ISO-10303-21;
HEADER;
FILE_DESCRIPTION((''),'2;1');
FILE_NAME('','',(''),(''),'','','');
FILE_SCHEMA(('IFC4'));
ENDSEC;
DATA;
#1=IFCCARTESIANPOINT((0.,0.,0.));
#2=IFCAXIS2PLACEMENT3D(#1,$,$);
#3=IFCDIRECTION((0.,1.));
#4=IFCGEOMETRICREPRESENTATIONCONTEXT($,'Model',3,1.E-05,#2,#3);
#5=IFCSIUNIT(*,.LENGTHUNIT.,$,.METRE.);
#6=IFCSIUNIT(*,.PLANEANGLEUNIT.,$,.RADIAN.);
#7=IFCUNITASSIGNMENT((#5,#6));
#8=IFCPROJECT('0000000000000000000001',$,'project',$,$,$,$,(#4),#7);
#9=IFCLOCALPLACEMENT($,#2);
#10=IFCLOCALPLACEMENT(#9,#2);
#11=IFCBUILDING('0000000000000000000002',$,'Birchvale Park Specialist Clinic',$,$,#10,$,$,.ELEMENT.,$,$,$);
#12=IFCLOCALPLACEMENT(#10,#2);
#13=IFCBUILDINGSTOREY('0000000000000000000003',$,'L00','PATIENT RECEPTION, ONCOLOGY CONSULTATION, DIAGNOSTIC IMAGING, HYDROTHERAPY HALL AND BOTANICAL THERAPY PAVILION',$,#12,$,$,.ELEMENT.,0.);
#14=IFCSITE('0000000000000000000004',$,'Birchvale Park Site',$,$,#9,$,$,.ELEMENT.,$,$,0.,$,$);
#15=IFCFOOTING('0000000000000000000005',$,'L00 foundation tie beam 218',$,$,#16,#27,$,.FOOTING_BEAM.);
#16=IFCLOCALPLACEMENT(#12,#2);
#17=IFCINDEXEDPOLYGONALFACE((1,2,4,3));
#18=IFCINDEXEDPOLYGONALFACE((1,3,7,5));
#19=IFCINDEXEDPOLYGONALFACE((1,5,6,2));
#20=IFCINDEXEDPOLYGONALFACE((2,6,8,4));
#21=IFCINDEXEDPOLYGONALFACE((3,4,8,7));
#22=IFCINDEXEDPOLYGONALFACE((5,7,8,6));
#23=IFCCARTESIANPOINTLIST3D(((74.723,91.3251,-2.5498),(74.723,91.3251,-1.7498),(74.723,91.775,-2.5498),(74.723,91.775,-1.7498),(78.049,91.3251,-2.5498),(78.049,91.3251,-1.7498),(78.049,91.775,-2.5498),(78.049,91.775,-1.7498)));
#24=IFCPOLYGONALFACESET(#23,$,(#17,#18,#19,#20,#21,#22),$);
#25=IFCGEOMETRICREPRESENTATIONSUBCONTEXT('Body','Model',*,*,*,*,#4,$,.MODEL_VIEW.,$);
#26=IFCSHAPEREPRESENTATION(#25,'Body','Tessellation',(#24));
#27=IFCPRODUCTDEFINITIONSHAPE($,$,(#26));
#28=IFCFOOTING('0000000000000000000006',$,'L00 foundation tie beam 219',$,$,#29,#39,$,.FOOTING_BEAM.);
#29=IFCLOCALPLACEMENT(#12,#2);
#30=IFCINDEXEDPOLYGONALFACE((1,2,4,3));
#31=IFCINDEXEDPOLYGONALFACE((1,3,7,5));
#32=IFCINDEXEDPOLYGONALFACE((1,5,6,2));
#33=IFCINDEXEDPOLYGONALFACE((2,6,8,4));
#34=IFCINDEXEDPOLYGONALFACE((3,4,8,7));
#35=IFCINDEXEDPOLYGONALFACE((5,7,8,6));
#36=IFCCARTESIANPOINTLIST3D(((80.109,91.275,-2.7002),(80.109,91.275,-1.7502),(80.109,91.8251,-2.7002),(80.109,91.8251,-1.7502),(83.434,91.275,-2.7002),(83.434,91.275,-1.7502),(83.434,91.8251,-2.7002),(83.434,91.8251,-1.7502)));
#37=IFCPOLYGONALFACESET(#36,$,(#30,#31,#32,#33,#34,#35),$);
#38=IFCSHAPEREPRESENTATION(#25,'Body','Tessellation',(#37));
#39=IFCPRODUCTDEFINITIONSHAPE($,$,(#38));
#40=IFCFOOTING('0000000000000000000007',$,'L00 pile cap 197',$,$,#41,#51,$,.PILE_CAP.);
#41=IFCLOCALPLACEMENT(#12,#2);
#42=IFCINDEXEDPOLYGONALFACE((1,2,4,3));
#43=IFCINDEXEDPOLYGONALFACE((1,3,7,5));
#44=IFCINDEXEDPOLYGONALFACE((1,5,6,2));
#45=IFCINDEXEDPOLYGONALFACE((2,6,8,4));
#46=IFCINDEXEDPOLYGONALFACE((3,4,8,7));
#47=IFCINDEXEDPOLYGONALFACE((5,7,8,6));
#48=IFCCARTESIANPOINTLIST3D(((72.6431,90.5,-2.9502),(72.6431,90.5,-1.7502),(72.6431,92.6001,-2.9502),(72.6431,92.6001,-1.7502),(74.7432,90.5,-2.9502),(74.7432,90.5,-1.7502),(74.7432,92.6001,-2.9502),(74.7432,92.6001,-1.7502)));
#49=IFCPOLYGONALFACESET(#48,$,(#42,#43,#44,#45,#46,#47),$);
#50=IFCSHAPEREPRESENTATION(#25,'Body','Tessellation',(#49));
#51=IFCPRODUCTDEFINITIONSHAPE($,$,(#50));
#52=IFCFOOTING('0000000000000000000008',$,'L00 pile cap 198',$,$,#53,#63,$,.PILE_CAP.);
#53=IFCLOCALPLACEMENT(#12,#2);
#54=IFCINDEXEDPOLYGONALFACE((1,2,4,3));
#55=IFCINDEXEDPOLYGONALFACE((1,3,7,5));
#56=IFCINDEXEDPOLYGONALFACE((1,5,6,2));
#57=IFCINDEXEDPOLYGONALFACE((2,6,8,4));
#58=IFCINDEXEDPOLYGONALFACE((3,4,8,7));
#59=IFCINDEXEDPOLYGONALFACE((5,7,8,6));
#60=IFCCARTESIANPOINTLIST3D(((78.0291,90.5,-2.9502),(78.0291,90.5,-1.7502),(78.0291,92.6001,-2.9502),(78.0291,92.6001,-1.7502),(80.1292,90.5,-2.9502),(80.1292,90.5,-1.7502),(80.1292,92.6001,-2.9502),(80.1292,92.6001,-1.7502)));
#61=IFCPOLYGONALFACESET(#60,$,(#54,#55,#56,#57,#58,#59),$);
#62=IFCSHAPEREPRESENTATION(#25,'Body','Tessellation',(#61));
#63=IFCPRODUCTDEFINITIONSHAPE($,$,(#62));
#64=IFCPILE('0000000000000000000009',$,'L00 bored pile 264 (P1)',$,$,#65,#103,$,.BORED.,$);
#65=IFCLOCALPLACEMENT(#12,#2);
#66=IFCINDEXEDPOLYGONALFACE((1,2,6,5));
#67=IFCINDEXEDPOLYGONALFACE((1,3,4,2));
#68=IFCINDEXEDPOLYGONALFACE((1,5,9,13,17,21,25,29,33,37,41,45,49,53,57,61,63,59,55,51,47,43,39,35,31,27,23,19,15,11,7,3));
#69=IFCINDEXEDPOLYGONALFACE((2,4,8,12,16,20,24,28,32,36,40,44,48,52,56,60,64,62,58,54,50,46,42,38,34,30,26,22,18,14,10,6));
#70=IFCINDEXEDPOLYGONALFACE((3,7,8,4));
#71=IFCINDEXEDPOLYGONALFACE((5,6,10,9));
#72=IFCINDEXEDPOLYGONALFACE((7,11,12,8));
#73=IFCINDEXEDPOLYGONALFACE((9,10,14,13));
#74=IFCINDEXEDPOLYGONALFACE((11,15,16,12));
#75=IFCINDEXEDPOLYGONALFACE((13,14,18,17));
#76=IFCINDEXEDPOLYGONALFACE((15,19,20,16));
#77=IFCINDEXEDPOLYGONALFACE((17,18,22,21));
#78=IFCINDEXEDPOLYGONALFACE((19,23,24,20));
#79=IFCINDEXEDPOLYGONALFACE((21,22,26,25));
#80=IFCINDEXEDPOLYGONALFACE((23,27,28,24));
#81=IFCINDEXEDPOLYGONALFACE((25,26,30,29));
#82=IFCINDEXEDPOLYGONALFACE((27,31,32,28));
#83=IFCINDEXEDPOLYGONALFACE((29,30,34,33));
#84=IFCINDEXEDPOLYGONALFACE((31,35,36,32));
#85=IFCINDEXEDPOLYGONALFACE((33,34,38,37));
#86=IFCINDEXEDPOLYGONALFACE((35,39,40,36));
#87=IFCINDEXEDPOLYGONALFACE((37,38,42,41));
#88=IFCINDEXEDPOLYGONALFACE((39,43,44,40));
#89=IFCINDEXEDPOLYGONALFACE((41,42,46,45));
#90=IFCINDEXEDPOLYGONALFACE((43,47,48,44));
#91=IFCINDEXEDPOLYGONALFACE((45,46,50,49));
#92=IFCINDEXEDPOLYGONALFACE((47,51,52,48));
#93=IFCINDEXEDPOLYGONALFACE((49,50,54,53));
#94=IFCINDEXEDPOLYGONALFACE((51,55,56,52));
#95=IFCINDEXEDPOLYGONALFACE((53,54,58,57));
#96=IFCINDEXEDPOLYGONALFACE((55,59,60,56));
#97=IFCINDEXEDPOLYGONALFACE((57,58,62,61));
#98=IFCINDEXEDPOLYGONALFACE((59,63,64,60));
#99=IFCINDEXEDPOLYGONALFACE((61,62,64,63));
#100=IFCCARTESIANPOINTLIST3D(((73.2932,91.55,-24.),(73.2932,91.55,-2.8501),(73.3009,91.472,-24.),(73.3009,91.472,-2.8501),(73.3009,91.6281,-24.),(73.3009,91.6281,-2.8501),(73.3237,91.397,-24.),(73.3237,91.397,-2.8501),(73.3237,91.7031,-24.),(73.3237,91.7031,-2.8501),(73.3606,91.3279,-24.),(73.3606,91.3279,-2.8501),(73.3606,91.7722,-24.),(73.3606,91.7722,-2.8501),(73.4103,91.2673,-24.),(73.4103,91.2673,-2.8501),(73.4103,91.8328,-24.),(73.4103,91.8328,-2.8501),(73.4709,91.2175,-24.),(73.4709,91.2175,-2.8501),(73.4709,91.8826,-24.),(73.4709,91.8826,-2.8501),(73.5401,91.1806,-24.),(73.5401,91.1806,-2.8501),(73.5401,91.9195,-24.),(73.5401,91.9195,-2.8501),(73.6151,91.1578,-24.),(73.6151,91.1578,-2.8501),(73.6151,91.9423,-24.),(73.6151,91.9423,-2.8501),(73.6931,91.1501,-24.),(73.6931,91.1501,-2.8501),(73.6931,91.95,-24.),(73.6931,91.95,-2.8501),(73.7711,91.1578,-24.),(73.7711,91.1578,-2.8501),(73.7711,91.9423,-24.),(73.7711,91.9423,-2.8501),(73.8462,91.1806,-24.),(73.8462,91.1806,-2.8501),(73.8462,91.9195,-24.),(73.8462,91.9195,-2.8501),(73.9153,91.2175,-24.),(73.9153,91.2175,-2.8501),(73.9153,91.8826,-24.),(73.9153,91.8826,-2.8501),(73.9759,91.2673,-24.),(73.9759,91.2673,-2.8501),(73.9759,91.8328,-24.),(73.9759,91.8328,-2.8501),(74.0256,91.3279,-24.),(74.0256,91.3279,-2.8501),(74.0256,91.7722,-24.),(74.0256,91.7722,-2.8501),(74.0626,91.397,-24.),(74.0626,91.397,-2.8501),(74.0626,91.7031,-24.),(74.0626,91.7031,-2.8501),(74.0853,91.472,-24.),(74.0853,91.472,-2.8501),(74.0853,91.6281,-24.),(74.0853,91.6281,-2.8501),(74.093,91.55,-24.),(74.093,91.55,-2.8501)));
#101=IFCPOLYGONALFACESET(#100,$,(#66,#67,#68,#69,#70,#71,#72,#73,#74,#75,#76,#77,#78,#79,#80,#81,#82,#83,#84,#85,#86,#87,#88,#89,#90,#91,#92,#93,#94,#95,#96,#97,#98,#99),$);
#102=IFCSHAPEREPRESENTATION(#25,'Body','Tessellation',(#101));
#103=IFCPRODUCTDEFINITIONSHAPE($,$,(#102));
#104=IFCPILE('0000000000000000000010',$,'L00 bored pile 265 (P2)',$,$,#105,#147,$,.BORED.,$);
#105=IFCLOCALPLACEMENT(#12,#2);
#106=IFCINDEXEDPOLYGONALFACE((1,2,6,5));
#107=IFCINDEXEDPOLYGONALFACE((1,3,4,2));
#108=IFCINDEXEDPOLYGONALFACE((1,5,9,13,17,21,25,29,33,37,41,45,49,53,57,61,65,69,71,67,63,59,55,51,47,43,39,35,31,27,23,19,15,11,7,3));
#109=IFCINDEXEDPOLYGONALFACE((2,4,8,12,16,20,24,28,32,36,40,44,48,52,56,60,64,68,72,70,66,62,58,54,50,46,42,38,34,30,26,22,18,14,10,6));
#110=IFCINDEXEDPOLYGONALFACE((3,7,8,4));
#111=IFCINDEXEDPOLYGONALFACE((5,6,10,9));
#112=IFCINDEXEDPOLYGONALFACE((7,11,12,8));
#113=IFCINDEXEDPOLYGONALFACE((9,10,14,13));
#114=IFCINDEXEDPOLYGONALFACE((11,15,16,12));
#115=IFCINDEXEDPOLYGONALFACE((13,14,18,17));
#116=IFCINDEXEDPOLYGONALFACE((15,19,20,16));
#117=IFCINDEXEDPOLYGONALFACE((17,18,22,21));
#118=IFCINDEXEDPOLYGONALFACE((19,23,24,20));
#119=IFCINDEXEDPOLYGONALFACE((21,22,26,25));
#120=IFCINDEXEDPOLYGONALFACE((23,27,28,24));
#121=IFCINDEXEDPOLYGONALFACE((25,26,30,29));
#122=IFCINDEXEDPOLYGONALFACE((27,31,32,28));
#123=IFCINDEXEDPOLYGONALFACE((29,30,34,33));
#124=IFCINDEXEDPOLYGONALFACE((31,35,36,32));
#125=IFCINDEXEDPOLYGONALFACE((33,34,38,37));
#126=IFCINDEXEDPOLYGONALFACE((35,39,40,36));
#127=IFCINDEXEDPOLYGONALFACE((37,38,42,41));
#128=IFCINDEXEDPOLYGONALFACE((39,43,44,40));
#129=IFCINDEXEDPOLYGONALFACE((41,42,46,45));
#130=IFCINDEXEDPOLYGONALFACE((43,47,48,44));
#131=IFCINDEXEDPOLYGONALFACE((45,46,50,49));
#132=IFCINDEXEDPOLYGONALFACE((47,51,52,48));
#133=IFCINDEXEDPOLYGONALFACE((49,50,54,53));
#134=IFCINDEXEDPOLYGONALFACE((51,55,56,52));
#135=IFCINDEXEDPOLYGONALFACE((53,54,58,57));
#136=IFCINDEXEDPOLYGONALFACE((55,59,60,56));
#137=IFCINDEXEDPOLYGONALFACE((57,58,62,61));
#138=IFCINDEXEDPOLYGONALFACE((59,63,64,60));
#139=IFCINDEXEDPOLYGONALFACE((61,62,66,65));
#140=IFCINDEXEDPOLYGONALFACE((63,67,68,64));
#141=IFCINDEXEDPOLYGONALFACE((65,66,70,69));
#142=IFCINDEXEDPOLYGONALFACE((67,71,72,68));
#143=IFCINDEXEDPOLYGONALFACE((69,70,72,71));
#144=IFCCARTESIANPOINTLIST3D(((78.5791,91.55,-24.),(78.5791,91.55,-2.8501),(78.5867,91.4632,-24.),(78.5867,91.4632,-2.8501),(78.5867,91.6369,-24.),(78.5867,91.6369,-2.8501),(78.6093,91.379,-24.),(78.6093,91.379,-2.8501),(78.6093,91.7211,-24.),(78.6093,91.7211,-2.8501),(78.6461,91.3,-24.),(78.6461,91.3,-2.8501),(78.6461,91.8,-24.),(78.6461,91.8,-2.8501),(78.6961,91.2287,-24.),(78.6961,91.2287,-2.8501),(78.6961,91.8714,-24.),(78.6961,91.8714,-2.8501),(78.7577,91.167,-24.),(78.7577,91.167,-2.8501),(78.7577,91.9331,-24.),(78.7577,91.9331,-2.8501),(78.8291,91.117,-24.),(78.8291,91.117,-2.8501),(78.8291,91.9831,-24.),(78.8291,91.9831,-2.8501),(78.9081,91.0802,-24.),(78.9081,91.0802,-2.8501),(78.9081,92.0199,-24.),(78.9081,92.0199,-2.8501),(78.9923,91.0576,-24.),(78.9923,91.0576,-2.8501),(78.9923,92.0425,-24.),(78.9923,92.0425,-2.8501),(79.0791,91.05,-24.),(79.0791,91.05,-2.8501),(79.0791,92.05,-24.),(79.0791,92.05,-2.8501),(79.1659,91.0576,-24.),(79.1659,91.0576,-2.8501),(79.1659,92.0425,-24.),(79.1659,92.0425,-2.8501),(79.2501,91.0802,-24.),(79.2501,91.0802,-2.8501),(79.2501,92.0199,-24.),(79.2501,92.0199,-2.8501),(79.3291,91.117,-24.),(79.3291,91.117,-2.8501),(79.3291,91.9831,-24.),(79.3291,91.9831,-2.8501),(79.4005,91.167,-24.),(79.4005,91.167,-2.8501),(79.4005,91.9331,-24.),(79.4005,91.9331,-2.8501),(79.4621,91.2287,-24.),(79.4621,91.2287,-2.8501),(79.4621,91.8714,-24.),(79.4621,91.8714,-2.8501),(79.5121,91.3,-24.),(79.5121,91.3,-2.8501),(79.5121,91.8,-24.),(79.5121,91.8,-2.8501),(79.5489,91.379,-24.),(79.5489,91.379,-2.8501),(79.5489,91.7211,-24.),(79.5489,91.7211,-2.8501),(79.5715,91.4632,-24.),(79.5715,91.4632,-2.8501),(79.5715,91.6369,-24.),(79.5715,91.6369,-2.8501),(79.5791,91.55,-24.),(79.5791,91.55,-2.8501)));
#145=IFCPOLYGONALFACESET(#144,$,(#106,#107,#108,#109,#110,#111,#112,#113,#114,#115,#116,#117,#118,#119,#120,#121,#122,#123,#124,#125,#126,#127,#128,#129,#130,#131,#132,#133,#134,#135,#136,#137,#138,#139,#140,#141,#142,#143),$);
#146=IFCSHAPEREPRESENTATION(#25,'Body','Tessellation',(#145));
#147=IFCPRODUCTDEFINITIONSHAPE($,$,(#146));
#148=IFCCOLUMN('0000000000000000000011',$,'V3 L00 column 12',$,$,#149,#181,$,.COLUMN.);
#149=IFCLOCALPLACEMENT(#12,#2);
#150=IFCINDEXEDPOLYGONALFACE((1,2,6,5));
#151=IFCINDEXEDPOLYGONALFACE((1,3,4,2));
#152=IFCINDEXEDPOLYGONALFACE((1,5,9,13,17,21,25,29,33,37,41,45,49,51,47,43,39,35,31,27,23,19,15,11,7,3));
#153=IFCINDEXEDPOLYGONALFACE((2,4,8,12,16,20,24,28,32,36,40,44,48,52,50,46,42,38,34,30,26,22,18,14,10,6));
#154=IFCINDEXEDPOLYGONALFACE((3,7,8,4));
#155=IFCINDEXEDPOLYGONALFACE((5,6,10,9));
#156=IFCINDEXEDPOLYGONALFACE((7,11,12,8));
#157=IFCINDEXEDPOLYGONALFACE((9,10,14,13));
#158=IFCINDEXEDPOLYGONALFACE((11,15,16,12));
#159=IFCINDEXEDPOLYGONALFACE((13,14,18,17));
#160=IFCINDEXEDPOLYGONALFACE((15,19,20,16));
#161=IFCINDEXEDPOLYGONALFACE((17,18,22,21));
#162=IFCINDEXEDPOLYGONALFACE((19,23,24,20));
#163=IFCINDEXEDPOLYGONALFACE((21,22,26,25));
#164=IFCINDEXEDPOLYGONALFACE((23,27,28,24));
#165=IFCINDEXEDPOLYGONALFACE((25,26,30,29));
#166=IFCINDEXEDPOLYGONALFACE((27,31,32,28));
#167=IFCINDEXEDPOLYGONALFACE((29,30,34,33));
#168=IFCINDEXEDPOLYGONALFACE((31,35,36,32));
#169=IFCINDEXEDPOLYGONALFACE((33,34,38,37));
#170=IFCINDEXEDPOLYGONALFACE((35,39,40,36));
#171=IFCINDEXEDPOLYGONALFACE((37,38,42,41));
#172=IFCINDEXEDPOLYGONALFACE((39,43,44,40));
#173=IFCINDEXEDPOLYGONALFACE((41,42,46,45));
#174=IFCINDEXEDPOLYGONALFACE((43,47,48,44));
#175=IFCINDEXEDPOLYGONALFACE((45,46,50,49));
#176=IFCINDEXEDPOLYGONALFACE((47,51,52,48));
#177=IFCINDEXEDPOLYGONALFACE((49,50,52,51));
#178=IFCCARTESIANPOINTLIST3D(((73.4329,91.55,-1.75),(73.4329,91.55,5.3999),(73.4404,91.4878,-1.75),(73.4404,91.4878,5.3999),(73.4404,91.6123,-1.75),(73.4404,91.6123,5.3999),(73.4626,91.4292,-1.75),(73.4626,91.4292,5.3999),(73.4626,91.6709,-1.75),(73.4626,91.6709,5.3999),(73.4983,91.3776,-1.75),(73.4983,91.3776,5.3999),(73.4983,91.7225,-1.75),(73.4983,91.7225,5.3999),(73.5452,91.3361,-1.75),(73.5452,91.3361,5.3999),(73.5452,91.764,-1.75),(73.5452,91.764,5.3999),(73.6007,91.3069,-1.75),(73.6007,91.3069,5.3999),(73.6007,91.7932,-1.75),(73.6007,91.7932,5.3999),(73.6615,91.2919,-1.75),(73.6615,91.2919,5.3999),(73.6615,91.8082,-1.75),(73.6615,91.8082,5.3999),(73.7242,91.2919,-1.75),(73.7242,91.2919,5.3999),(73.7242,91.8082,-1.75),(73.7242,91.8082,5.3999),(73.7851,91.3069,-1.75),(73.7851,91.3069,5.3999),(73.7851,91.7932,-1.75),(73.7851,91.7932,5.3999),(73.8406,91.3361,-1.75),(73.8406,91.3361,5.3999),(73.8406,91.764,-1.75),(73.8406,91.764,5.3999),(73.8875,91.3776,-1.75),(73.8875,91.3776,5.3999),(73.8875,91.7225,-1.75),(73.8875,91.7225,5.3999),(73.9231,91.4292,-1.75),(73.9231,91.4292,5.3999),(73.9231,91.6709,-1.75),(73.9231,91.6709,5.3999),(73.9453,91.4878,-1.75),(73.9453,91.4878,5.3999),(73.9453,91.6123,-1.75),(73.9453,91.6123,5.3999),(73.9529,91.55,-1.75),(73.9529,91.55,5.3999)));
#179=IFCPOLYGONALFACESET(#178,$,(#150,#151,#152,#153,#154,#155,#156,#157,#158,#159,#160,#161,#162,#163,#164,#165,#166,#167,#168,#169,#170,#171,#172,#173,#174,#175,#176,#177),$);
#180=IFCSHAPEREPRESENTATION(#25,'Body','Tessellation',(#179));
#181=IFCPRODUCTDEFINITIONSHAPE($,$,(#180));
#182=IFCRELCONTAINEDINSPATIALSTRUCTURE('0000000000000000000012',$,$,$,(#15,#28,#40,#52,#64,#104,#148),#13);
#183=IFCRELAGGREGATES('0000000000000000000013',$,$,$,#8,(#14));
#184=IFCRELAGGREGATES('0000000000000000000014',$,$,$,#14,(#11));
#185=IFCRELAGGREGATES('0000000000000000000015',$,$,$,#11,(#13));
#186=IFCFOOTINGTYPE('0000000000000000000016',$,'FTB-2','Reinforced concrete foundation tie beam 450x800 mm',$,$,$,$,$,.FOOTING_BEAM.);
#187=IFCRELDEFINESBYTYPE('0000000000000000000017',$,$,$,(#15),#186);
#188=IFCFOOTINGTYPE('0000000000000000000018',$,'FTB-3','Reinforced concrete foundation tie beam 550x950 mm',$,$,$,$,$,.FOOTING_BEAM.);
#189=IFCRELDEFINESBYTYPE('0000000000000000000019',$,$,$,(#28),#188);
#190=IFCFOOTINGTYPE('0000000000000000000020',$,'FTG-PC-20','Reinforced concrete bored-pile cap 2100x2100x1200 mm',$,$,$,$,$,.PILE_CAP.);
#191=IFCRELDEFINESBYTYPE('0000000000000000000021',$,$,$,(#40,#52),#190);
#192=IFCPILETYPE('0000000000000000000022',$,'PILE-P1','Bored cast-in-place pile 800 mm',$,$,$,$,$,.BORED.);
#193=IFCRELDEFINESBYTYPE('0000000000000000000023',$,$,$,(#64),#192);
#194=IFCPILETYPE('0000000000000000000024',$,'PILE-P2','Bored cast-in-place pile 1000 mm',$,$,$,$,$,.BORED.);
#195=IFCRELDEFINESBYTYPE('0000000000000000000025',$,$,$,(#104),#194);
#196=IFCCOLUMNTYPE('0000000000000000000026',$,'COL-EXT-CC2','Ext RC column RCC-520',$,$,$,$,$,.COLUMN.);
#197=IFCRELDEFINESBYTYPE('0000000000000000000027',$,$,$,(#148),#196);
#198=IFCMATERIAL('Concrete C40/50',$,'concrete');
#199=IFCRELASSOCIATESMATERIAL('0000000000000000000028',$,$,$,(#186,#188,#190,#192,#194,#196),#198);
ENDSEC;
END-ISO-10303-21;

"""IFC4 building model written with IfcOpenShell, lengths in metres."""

from ifc_helpers import new_model, si_unit, direction, frame, origin, origin_2d, place, context, subcontext, project, spatial, rectangle, circle, extrude, material, material_profile, profile_set, type_object, element, save


model = new_model("IFC4")

# Units and contexts
model_context = context("Model", 3, precision=1e-05, world=origin(), true_north=direction((0.0, 1.0)))
body_context = subcontext(model_context, "Body", "Model", "MODEL_VIEW")
ifc_project = project(units=[si_unit("LENGTHUNIT", "METRE"), si_unit("PLANEANGLEUNIT", "RADIAN")], contexts=[model_context])

# Site, building, storey
site_placement = place(None, origin())
site = spatial("IfcSite", under=ifc_project, at=site_placement, Name="Birchvale Park Site", CompositionType="ELEMENT", RefElevation=0.0)
building_placement = place(site_placement, origin())
building = spatial("IfcBuilding", under=site, at=building_placement, Name="Birchvale Park Specialist Clinic", CompositionType="ELEMENT")
storey_placement = place(building_placement, origin())
storey = spatial("IfcBuildingStorey", under=building, at=storey_placement, Name="L00", Description="PATIENT RECEPTION, ONCOLOGY CONSULTATION, DIAGNOSTIC IMAGING, HYDROTHERAPY HALL AND BOTANICAL THERAPY PAVILION", CompositionType="ELEMENT", Elevation=0.0)

# Footings
ifc_material_1 = material(Name="Concrete C40/50", Category="concrete")
footing_type_1 = type_object("IfcFootingType", Name="FTB-2", Description="Reinforced concrete foundation tie beam 450x800 mm", PredefinedType="FOOTING_BEAM", material=ifc_material_1)
footing_1_placement = place(storey_placement, frame((76.386, 91.55, -2.5498), z_axis=(0.0, 0.0, 1.0), x_axis=(1.0, 0.0, 0.0)))
element("IfcFooting", 1, at=footing_1_placement, inside=storey, type_object=footing_type_1, Name="L00 foundation tie beam 218", PredefinedType="FOOTING_BEAM", context=body_context, shape_type="SweptSolid", body=[
    extrude(rectangle(XDim=3.3259, YDim=0.45, at=origin_2d()), origin(), (0.0, 0.0, 1.0), 0.8),
])
footing_type_2 = type_object("IfcFootingType", Name="FTB-3", Description="Reinforced concrete foundation tie beam 550x950 mm", PredefinedType="FOOTING_BEAM", material=ifc_material_1)
footing_2_placement = place(storey_placement, frame((81.7715, 91.55, -2.7002), z_axis=(0.0, 0.0, 1.0), x_axis=(1.0, 0.0, 0.0)))
element("IfcFooting", 2, at=footing_2_placement, inside=storey, type_object=footing_type_2, Name="L00 foundation tie beam 219", PredefinedType="FOOTING_BEAM", context=body_context, shape_type="SweptSolid", body=[
    extrude(rectangle(XDim=3.325, YDim=0.55, at=origin_2d()), origin(), (0.0, 0.0, 1.0), 0.95),
])
footing_type_3 = type_object("IfcFootingType", Name="FTG-PC-20", Description="Reinforced concrete bored-pile cap 2100x2100x1200 mm", PredefinedType="PILE_CAP", material=ifc_material_1)
for number, where, z_axis, x_axis, name in (
    (3, (73.6931, 91.55, -2.9502), (0.0, 0.0, 1.0), (1.0, 0.0, 0.0), "L00 pile cap 197"),
    (4, (79.0791, 91.55, -2.9502), (0.0, 0.0, 1.0), (1.0, 0.0, 0.0), "L00 pile cap 198"),
):
    element("IfcFooting", number, at=place(storey_placement, frame(where, z_axis=z_axis, x_axis=x_axis)), inside=storey, type_object=footing_type_3, Name=name, PredefinedType="PILE_CAP", context=body_context, shape_type="SweptSolid", body=[
        extrude(rectangle(XDim=2.1001, YDim=2.1001, at=origin_2d()), origin(), (0.0, 0.0, 1.0), 1.2),
    ])

# Piles
ifc_material_profile_1 = material_profile(ifc_material_1, circle(Radius=0.3999, at=origin_2d()), Name="PILE-800")
ifc_profile_set_1 = profile_set([ifc_material_profile_1], Name="Concrete C40/50")
pile_type_1 = type_object("IfcPileType", Name="PILE-P1", Description="Bored cast-in-place pile 800 mm", PredefinedType="BORED", material=ifc_profile_set_1)
pile_1_placement = place(storey_placement, frame((73.6931, 91.55, -2.8501), z_axis=(0.0, 0.0, -1.0), x_axis=(1.0, 0.0, 0.0)))
element("IfcPile", 5, at=pile_1_placement, inside=storey, type_object=pile_type_1, Name="L00 bored pile 264 (P1)", PredefinedType="BORED", context=body_context, shape_type="SweptSolid", body=[
    extrude(circle(Radius=0.3999, at=origin_2d()), origin(), (0.0, 0.0, 1.0), 21.1499),
])
ifc_material_profile_2 = material_profile(ifc_material_1, circle(Radius=0.5, at=origin_2d()), Name="PILE-1000")
ifc_profile_set_2 = profile_set([ifc_material_profile_2], Name="Concrete C40/50")
pile_type_2 = type_object("IfcPileType", Name="PILE-P2", Description="Bored cast-in-place pile 1000 mm", PredefinedType="BORED", material=ifc_profile_set_2)
pile_2_placement = place(storey_placement, frame((79.0791, 91.55, -2.8501), z_axis=(0.0, 0.0, -1.0), x_axis=(1.0, 0.0, 0.0)))
element("IfcPile", 6, at=pile_2_placement, inside=storey, type_object=pile_type_2, Name="L00 bored pile 265 (P2)", PredefinedType="BORED", context=body_context, shape_type="SweptSolid", body=[
    extrude(circle(Radius=0.5, at=origin_2d()), origin(), (0.0, 0.0, 1.0), 21.1499),
])

# Column
ifc_material_profile_3 = material_profile(ifc_material_1, circle(Radius=0.26, at=origin_2d()), Name="RCC-520")
ifc_profile_set_3 = profile_set([ifc_material_profile_3], Name="Concrete C40/50")
column_type = type_object("IfcColumnType", Name="COL-EXT-CC2", Description="Ext RC column RCC-520", PredefinedType="COLUMN", material=ifc_profile_set_3)
for number, where, z_axis, x_axis, name in (
    (7, (73.6929, 91.55, -1.75), (0.0, 0.0, 1.0), (1.0, 0.0, 0.0), "V3 L00 column 12"),
):
    element("IfcColumn", number, at=place(storey_placement, frame(where, z_axis=z_axis, x_axis=x_axis)), inside=storey, type_object=column_type, Name=name, PredefinedType="COLUMN", context=body_context, shape_type="SweptSolid", body=[
        extrude(circle(Radius=0.26, at=origin_2d()), origin(), (0.0, 0.0, 1.0), 7.1499),
    ])

save(model, "model.ifc")
